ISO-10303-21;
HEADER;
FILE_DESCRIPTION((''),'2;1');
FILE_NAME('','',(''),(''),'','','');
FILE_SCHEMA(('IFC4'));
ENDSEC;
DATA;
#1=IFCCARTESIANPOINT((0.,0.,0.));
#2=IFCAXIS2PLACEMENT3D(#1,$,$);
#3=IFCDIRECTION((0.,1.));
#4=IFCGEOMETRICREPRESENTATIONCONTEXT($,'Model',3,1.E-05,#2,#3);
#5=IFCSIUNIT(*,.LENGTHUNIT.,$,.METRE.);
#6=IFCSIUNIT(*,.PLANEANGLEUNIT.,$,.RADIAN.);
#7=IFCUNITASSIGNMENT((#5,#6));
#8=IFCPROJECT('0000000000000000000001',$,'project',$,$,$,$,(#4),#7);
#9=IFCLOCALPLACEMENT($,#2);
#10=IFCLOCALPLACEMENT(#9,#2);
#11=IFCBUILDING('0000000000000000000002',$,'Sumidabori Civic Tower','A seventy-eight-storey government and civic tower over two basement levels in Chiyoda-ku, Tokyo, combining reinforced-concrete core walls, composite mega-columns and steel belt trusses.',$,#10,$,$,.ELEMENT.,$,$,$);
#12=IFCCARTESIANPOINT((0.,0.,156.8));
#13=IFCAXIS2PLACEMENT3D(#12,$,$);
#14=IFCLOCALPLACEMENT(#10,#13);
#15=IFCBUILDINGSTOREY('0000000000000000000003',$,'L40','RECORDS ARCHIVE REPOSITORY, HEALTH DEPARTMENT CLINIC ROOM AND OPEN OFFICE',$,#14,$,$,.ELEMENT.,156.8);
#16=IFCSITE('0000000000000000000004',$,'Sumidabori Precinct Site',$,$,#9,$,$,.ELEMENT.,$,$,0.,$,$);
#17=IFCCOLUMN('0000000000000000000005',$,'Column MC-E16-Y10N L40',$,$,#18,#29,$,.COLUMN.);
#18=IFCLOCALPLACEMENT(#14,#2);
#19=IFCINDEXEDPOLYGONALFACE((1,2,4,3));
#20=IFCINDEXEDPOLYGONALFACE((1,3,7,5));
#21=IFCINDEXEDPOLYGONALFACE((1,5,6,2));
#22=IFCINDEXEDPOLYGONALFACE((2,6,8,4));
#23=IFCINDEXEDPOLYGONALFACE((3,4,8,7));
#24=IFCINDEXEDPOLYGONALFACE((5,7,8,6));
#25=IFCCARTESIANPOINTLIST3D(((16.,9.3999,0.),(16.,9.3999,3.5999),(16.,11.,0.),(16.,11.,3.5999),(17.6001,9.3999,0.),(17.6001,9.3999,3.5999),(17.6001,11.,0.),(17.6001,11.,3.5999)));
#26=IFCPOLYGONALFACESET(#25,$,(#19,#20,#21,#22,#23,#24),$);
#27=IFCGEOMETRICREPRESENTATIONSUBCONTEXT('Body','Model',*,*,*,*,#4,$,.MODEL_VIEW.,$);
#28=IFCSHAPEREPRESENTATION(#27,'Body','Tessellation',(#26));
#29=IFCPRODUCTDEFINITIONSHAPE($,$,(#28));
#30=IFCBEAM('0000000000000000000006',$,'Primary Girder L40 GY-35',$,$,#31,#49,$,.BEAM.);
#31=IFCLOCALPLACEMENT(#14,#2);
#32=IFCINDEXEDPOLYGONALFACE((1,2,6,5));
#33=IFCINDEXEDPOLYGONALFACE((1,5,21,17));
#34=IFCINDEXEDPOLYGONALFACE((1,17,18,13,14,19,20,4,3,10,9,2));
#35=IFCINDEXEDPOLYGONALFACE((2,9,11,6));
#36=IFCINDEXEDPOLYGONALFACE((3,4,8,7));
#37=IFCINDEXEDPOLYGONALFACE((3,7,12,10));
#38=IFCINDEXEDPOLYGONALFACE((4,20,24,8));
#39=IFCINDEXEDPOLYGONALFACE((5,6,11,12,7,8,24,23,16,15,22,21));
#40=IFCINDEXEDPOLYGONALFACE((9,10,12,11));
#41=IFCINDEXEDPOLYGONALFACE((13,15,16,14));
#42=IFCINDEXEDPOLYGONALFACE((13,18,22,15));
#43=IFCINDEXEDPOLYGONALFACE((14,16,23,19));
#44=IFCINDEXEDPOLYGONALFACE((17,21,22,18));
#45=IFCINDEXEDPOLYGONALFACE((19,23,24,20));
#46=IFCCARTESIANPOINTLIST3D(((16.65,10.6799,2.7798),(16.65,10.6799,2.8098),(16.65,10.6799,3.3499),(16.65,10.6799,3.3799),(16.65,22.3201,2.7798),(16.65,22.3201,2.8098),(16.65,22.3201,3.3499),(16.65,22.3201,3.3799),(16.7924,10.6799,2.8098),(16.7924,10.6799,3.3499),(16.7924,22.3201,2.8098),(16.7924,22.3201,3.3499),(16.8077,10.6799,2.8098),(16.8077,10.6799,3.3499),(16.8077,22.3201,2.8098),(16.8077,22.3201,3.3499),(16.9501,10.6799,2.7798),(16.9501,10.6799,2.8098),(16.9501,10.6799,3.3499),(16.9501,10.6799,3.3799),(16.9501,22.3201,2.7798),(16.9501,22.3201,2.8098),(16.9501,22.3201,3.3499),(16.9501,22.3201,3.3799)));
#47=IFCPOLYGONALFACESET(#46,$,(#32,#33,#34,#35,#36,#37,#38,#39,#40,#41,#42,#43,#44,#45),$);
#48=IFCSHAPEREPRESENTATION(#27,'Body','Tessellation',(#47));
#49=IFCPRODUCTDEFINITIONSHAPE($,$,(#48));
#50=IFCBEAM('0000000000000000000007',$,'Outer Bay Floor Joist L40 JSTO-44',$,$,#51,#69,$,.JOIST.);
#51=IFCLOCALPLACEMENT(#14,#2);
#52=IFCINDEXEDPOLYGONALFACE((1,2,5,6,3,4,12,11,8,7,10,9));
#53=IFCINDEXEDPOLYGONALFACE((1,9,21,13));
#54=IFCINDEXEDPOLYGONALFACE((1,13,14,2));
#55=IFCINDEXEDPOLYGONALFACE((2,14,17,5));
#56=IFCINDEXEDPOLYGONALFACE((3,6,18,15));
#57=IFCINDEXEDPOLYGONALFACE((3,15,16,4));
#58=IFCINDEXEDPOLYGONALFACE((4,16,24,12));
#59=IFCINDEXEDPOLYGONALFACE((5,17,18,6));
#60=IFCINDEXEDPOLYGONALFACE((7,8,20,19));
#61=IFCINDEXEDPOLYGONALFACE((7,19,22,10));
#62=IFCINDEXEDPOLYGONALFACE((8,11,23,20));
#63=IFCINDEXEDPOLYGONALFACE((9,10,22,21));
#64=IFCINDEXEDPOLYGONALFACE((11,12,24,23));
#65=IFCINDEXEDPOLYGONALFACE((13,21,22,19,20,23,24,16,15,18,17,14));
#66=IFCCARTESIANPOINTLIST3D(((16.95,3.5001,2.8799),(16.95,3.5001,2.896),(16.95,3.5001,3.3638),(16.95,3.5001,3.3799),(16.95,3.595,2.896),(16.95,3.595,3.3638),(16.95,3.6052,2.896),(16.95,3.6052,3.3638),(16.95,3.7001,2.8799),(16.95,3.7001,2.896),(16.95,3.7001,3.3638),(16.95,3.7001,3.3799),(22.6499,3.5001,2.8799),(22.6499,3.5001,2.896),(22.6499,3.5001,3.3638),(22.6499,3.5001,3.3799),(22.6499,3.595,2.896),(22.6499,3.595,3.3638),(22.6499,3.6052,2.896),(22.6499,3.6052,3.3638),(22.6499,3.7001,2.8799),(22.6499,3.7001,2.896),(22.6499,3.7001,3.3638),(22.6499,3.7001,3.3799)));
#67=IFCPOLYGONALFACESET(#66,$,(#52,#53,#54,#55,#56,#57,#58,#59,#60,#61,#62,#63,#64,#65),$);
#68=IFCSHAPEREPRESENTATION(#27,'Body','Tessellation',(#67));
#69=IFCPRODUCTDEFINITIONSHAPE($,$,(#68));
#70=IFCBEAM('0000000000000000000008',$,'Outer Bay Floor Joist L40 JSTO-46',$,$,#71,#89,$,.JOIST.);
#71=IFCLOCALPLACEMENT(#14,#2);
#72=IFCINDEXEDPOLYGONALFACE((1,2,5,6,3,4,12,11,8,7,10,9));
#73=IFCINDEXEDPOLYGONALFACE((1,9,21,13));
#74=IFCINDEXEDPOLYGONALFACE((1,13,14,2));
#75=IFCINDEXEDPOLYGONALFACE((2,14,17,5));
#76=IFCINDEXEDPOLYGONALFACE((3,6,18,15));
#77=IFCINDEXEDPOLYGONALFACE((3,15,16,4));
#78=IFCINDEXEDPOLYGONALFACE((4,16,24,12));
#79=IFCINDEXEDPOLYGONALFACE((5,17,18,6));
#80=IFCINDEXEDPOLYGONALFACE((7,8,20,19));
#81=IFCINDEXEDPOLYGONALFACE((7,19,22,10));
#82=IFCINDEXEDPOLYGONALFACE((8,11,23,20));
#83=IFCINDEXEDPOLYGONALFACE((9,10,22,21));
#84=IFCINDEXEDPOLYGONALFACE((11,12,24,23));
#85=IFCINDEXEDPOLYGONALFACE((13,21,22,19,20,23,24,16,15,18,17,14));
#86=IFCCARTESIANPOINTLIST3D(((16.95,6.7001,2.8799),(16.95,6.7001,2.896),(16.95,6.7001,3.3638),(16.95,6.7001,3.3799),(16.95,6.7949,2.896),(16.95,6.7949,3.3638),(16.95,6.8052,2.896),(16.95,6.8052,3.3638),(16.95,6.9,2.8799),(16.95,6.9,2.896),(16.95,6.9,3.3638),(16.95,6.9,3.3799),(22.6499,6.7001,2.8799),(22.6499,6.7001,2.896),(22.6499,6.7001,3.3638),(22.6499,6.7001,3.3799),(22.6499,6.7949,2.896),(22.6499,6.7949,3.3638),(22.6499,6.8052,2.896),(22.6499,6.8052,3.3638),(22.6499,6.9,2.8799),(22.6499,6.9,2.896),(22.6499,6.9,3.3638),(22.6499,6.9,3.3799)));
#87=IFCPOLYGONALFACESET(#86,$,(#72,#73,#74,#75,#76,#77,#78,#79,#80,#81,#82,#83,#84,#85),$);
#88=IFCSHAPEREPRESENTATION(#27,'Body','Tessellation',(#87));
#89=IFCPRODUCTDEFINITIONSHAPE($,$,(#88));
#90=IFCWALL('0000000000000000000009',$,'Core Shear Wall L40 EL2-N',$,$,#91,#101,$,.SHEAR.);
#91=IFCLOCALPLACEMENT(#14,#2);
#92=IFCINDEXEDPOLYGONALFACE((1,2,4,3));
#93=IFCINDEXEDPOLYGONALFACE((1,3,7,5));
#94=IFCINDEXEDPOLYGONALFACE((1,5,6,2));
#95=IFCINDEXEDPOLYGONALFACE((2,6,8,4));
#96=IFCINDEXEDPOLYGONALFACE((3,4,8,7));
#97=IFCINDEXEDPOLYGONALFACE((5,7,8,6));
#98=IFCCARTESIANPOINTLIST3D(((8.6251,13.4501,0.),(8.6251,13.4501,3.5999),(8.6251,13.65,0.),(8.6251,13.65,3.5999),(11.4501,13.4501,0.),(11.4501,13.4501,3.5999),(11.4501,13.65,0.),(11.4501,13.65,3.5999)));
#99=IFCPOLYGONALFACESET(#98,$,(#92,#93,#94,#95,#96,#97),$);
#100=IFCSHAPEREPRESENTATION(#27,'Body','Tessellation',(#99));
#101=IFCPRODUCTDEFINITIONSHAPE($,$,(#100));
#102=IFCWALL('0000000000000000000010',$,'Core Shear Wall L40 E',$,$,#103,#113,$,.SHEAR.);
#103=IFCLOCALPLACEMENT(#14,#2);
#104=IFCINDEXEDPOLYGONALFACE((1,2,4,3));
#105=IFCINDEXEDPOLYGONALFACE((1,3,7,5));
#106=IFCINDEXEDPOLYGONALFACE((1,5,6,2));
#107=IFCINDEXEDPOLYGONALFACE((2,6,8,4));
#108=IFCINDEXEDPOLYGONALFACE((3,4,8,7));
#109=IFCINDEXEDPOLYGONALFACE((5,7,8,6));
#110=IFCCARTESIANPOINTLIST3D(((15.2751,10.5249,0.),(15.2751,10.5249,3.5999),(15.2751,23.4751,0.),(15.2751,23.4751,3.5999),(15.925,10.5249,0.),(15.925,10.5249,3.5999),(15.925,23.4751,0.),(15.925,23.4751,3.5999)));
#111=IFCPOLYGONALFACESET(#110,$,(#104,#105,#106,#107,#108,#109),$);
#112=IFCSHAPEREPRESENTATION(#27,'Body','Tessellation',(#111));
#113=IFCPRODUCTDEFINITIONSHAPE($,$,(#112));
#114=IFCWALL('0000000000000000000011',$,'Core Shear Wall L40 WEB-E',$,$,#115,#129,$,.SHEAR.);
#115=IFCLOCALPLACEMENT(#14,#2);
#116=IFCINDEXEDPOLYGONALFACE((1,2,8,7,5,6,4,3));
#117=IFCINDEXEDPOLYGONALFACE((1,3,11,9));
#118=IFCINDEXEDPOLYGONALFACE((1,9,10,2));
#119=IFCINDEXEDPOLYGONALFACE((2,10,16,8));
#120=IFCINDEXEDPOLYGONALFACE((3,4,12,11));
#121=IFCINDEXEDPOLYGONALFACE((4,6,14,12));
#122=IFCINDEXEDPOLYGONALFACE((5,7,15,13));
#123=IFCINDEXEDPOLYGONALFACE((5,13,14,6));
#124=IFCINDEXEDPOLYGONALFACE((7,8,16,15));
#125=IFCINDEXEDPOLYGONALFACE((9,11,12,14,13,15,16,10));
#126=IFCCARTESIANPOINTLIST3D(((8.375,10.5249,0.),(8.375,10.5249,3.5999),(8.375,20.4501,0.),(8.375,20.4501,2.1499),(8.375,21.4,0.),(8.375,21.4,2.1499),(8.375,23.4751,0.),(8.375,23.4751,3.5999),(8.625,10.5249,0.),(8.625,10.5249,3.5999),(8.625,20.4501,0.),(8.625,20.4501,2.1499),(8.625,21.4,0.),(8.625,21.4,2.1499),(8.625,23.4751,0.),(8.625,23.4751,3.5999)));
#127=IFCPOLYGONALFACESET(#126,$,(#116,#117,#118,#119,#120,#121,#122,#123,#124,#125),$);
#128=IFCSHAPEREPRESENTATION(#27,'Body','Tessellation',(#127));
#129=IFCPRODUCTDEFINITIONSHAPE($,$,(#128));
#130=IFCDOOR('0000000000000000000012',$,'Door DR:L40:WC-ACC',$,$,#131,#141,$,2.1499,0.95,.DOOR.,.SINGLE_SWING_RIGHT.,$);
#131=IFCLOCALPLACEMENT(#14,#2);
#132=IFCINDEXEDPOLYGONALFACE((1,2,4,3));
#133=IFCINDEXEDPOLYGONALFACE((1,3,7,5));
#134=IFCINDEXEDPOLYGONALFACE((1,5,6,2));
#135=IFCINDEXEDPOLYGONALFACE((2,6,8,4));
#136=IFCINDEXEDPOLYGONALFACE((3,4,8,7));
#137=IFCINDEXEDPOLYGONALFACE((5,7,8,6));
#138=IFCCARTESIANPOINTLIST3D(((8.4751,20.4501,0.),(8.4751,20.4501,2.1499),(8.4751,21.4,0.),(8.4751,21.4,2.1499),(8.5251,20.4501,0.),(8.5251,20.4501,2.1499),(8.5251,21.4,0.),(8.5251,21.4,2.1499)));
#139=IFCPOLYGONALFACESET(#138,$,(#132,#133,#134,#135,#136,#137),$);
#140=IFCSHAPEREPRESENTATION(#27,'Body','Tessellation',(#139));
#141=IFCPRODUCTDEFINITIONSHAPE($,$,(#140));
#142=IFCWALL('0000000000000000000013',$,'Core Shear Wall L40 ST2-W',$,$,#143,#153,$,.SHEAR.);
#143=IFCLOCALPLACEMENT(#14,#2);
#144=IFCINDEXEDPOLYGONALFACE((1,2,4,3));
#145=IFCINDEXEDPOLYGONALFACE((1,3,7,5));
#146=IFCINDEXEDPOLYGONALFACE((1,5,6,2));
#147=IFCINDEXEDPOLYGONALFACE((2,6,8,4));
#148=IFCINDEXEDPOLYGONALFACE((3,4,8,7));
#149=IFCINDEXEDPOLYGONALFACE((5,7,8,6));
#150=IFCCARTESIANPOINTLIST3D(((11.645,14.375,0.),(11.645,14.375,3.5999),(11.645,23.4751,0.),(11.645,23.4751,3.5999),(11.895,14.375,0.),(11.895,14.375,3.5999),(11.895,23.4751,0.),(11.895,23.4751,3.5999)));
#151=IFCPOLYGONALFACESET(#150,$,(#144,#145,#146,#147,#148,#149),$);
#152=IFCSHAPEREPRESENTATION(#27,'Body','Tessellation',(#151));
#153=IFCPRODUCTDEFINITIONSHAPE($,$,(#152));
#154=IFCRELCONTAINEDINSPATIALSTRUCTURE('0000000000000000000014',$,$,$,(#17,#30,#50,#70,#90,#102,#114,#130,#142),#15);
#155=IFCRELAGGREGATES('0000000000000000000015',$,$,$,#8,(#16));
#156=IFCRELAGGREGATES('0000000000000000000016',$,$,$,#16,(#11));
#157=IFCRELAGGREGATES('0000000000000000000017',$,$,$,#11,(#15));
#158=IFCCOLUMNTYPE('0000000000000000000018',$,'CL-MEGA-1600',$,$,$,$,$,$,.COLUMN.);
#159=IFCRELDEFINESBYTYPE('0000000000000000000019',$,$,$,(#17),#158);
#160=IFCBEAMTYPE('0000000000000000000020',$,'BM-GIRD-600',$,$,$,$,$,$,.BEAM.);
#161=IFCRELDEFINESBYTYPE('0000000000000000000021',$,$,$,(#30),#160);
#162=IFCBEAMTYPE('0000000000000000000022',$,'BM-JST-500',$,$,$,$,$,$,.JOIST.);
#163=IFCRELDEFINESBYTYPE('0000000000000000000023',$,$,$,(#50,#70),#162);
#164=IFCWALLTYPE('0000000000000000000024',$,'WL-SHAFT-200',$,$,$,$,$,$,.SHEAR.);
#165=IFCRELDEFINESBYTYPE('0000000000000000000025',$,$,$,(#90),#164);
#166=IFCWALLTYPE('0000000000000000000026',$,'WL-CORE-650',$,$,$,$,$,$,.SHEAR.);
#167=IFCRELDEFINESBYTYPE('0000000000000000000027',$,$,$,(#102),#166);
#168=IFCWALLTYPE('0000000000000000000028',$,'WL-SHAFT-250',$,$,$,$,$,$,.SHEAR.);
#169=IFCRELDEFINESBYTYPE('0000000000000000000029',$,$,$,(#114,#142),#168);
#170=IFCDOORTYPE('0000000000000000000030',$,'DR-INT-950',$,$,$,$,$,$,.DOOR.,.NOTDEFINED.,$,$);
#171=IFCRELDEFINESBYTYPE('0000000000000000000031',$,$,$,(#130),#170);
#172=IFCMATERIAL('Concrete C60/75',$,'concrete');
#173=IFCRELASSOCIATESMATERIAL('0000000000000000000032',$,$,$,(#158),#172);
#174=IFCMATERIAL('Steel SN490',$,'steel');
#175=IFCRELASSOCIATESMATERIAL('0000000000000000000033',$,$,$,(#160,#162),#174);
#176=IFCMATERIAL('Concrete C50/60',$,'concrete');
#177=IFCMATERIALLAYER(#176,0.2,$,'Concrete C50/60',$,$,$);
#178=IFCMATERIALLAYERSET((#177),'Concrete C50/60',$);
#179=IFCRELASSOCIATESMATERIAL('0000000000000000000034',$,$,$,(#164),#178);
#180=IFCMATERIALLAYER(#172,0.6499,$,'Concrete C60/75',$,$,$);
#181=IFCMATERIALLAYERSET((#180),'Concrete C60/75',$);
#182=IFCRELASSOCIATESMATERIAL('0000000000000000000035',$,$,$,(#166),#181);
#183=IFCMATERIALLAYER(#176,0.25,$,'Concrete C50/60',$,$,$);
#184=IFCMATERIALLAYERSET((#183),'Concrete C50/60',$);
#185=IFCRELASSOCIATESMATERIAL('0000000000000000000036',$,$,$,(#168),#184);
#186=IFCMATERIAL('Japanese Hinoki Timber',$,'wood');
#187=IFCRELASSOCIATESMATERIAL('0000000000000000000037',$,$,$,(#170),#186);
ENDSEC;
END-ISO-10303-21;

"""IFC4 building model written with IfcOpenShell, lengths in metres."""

from ifc_helpers import new_model, si_unit, direction, frame, frame_2d, origin, origin_2d, place, context, subcontext, project, spatial, rectangle, i_section, extrude, source, transform, mapped, material, layer, layer_set, material_profile, profile_set, type_object, element, fill, save


model = new_model("IFC4")

# Units and contexts
model_context = context("Model", 3, precision=1e-05, world=origin(), true_north=direction((0.0, 1.0)))
body_context = subcontext(model_context, "Body", "Model", "MODEL_VIEW")
ifc_project = project(units=[si_unit("LENGTHUNIT", "METRE"), si_unit("PLANEANGLEUNIT", "RADIAN")], contexts=[model_context])

# Site, building, storey
site_placement = place(None, origin())
site = spatial("IfcSite", under=ifc_project, at=site_placement, Name="Sumidabori Precinct Site", CompositionType="ELEMENT", RefElevation=0.0)
building_placement = place(site_placement, origin())
building = spatial("IfcBuilding", under=site, at=building_placement, Name="Sumidabori Civic Tower", Description="A seventy-eight-storey government and civic tower over two basement levels in Chiyoda-ku, Tokyo, combining reinforced-concrete core walls, composite mega-columns and steel belt trusses.", CompositionType="ELEMENT")
storey_placement = place(building_placement, frame((0.0, 0.0, 156.8)))
storey = spatial("IfcBuildingStorey", under=building, at=storey_placement, Name="L40", Description="RECORDS ARCHIVE REPOSITORY, HEALTH DEPARTMENT CLINIC ROOM AND OPEN OFFICE", CompositionType="ELEMENT", Elevation=156.8)

# Column
ifc_material_1 = material(Name="Concrete C60/75", Category="concrete")
ifc_material_profile_1 = material_profile(ifc_material_1, rectangle(XDim=1.6001, YDim=1.6001, at=origin_2d()), Name="RC 1600x1600")
ifc_profile_set_1 = profile_set([ifc_material_profile_1], Name="Concrete C60/75")
column_type = type_object("IfcColumnType", Name="CL-MEGA-1600", PredefinedType="COLUMN", material=ifc_profile_set_1)
shared_shape_1 = source(origin(), body_context, "Body", "SweptSolid", [
    extrude(rectangle(XDim=1.6001, YDim=1.6001, at=origin_2d()), origin(), (0.0, 0.0, 1.0), 3.5999),
])
column_placement = place(storey_placement, frame((16.8, 10.2, 0.0), z_axis=(0.0, 0.0, 1.0), x_axis=(1.0, 0.0, 0.0)))
element("IfcColumn", 1, at=column_placement, inside=storey, type_object=column_type, Name="Column MC-E16-Y10N L40", PredefinedType="COLUMN", context=body_context, shape_type="MappedRepresentation", body=[
    mapped(shared_shape_1, transform((0.0, 0.0, 0.0), x_axis=(1.0, 0.0, 0.0), y_axis=(0.0, 1.0, 0.0), z_axis=(0.0, 0.0, 1.0), scale=1.0)),
])

# Beams
ifc_material_2 = material(Name="Steel SN490", Category="steel")
ifc_material_profile_2 = material_profile(ifc_material_2, i_section(OverallWidth=0.3, OverallDepth=0.6001, WebThickness=0.0154, FlangeThickness=0.03, at=origin_2d()), Name="HE 600 B")
ifc_profile_set_2 = profile_set([ifc_material_profile_2], Name="Steel SN490")
beam_type_1 = type_object("IfcBeamType", Name="BM-GIRD-600", PredefinedType="BEAM", material=ifc_profile_set_2)
shared_shape_2 = source(origin(), body_context, "Body", "SweptSolid", [
    extrude(i_section(OverallWidth=0.3, OverallDepth=0.6001, WebThickness=0.0154, FlangeThickness=0.03, at=origin_2d()), origin(), (0.0, 0.0, 1.0), 11.6401),
])
beam_placement = place(storey_placement, frame((16.8, 10.6799, 3.0798), z_axis=(0.0, 1.0, 0.0), x_axis=(-1.0, 0.0, 0.0)))
element("IfcBeam", 2, at=beam_placement, inside=storey, type_object=beam_type_1, Name="Primary Girder L40 GY-35", PredefinedType="BEAM", context=body_context, shape_type="MappedRepresentation", body=[
    mapped(shared_shape_2, transform((0.0, 0.0, 0.0), x_axis=(1.0, 0.0, 0.0), y_axis=(0.0, 1.0, 0.0), z_axis=(0.0, 0.0, 1.0), scale=1.0)),
])
ifc_material_profile_3 = material_profile(ifc_material_2, i_section(OverallWidth=0.2, OverallDepth=0.5, WebThickness=0.0103, FlangeThickness=0.0161, at=origin_2d()), Name="IPE 500")
ifc_profile_set_3 = profile_set([ifc_material_profile_3], Name="Steel SN490")
beam_type_2 = type_object("IfcBeamType", Name="BM-JST-500", PredefinedType="JOIST", material=ifc_profile_set_3)
shared_shape_3 = source(origin(), body_context, "Body", "SweptSolid", [
    extrude(i_section(OverallWidth=0.2, OverallDepth=0.5, WebThickness=0.0103, FlangeThickness=0.0161, at=origin_2d()), origin(), (0.0, 0.0, 1.0), 5.7),
])
for number, where, z_axis, x_axis, name in (
    (3, (16.95, 3.6001, 3.1299), (1.0, 0.0, 0.0), (0.0, 1.0, 0.0), "Outer Bay Floor Joist L40 JSTO-44"),
    (4, (16.95, 6.8, 3.1299), (1.0, 0.0, 0.0), (0.0, 1.0, 0.0), "Outer Bay Floor Joist L40 JSTO-46"),
):
    element("IfcBeam", number, at=place(storey_placement, frame(where, z_axis=z_axis, x_axis=x_axis)), inside=storey, type_object=beam_type_2, Name=name, PredefinedType="JOIST", context=body_context, shape_type="MappedRepresentation", body=[
        mapped(shared_shape_3, transform((0.0, 0.0, 0.0), x_axis=(1.0, 0.0, 0.0), y_axis=(0.0, 1.0, 0.0), z_axis=(0.0, 0.0, 1.0), scale=1.0)),
    ])

# Walls
ifc_material_3 = material(Name="Concrete C50/60", Category="concrete")
ifc_layer_1 = layer(ifc_material_3, 0.2, Name="Concrete C50/60")
ifc_layer_set_1 = layer_set([ifc_layer_1], Name="Concrete C50/60")
wall_type_1 = type_object("IfcWallType", Name="WL-SHAFT-200", PredefinedType="SHEAR", material=ifc_layer_set_1)
shared_shape_4 = source(origin(), body_context, "Body", "SweptSolid", [
    extrude(rectangle(XDim=2.825, YDim=0.2, at=frame_2d((1.4126, 0.0))), origin(), (0.0, 0.0, 1.0), 3.5999),
])
wall_1_placement = place(storey_placement, frame((8.625, 13.55, 0.0), z_axis=(0.0, 0.0, 1.0), x_axis=(1.0, 0.0, 0.0)))
element("IfcWall", 5, at=wall_1_placement, inside=storey, type_object=wall_type_1, Name="Core Shear Wall L40 EL2-N", PredefinedType="SHEAR", context=body_context, shape_type="MappedRepresentation", body=[
    mapped(shared_shape_4, transform((0.0, 0.0, 0.0), x_axis=(1.0, 0.0, 0.0), y_axis=(0.0, 1.0, 0.0), z_axis=(0.0, 0.0, 1.0), scale=1.0)),
])
ifc_layer_2 = layer(ifc_material_1, 0.6499, Name="Concrete C60/75")
ifc_layer_set_2 = layer_set([ifc_layer_2], Name="Concrete C60/75")
wall_type_2 = type_object("IfcWallType", Name="WL-CORE-650", PredefinedType="SHEAR", material=ifc_layer_set_2)
shared_shape_5 = source(origin(), body_context, "Body", "SweptSolid", [
    extrude(rectangle(XDim=12.9502, YDim=0.6499, at=frame_2d((6.4751, 0.0))), origin(), (0.0, 0.0, 1.0), 3.5999),
])
wall_2_placement = place(storey_placement, frame((15.6001, 10.5249, 0.0), z_axis=(0.0, 0.0, 1.0), x_axis=(0.0, 1.0, 0.0)))
element("IfcWall", 6, at=wall_2_placement, inside=storey, type_object=wall_type_2, Name="Core Shear Wall L40 E", PredefinedType="SHEAR", context=body_context, shape_type="MappedRepresentation", body=[
    mapped(shared_shape_5, transform((0.0, 0.0, 0.0), x_axis=(1.0, 0.0, 0.0), y_axis=(0.0, 1.0, 0.0), z_axis=(0.0, 0.0, 1.0), scale=1.0)),
])

# Wall, opening, door
ifc_layer_3 = layer(ifc_material_3, 0.25, Name="Concrete C50/60")
ifc_layer_set_3 = layer_set([ifc_layer_3], Name="Concrete C50/60")
wall_type_3 = type_object("IfcWallType", Name="WL-SHAFT-250", PredefinedType="SHEAR", material=ifc_layer_set_3)
shared_shape_6 = source(origin(), body_context, "Body", "SweptSolid", [
    extrude(rectangle(XDim=12.9502, YDim=0.25, at=frame_2d((6.4751, 0.0))), origin(), (0.0, 0.0, 1.0), 3.5999),
])
wall_3_placement = place(storey_placement, frame((8.5, 10.5249, 0.0), z_axis=(0.0, 0.0, 1.0), x_axis=(0.0, 1.0, 0.0)))
wall_3 = element("IfcWall", 7, at=wall_3_placement, inside=storey, type_object=wall_type_3, Name="Core Shear Wall L40 WEB-E", PredefinedType="SHEAR", context=body_context, shape_type="MappedRepresentation", body=[
    mapped(shared_shape_6, transform((0.0, 0.0, 0.0), x_axis=(1.0, 0.0, 0.0), y_axis=(0.0, 1.0, 0.0), z_axis=(0.0, 0.0, 1.0), scale=1.0)),
])
opening_1_placement = place(wall_3_placement, frame((9.925, 0.0, 0.0)))
opening_1 = element("IfcOpeningElement", 8, at=opening_1_placement, cuts=wall_3, PredefinedType="OPENING", context=body_context, shape_type="SweptSolid", body=[
    extrude(rectangle(XDim=0.95, YDim=2.1499, at=frame_2d((0.4751, 1.075))), frame((0.0, 0.137, 0.0), z_axis=(0.0, -1.0, 0.0), x_axis=(1.0, 0.0, 0.0)), (0.0, 0.0, 1.0), 0.2739),
])
ifc_material_4 = material(Name="Japanese Hinoki Timber", Category="wood")
door_type_1 = type_object("IfcDoorType", Name="DR-INT-950", OperationType="NOTDEFINED", PredefinedType="DOOR", material=ifc_material_4)
shared_shape_7 = source(origin(), body_context, "Body", "SweptSolid", [
    extrude(rectangle(XDim=0.95, YDim=2.1499, at=frame_2d((0.4751, 1.075))), frame((0.0, 0.0249, 0.0), z_axis=(0.0, -1.0, 0.0), x_axis=(1.0, 0.0, 0.0)), (0.0, 0.0, 1.0), 0.05),
])
door_1_placement = place(opening_1_placement, origin())
door_1 = element("IfcDoor", 9, at=door_1_placement, inside=storey, type_object=door_type_1, Name="Door DR:L40:WC-ACC", OperationType="SINGLE_SWING_RIGHT", OverallHeight=2.1499, OverallWidth=0.95, PredefinedType="DOOR", context=body_context, shape_type="MappedRepresentation", body=[
    mapped(shared_shape_7, transform((0.0, 0.0, 0.0), x_axis=(1.0, 0.0, 0.0), y_axis=(0.0, 1.0, 0.0), z_axis=(0.0, 0.0, 1.0), scale=1.0)),
])
fill(opening_1, door_1)

# Wall
shared_shape_8 = source(origin(), body_context, "Body", "SweptSolid", [
    extrude(rectangle(XDim=9.1001, YDim=0.25, at=frame_2d((4.55, 0.0))), origin(), (0.0, 0.0, 1.0), 3.5999),
])
wall_4_placement = place(storey_placement, frame((11.77, 14.375, 0.0), z_axis=(0.0, 0.0, 1.0), x_axis=(0.0, 1.0, 0.0)))
element("IfcWall", 10, at=wall_4_placement, inside=storey, type_object=wall_type_3, Name="Core Shear Wall L40 ST2-W", PredefinedType="SHEAR", context=body_context, shape_type="MappedRepresentation", body=[
    mapped(shared_shape_8, transform((0.0, 0.0, 0.0), x_axis=(1.0, 0.0, 0.0), y_axis=(0.0, 1.0, 0.0), z_axis=(0.0, 0.0, 1.0), scale=1.0)),
])

save(model, "model.ifc")
